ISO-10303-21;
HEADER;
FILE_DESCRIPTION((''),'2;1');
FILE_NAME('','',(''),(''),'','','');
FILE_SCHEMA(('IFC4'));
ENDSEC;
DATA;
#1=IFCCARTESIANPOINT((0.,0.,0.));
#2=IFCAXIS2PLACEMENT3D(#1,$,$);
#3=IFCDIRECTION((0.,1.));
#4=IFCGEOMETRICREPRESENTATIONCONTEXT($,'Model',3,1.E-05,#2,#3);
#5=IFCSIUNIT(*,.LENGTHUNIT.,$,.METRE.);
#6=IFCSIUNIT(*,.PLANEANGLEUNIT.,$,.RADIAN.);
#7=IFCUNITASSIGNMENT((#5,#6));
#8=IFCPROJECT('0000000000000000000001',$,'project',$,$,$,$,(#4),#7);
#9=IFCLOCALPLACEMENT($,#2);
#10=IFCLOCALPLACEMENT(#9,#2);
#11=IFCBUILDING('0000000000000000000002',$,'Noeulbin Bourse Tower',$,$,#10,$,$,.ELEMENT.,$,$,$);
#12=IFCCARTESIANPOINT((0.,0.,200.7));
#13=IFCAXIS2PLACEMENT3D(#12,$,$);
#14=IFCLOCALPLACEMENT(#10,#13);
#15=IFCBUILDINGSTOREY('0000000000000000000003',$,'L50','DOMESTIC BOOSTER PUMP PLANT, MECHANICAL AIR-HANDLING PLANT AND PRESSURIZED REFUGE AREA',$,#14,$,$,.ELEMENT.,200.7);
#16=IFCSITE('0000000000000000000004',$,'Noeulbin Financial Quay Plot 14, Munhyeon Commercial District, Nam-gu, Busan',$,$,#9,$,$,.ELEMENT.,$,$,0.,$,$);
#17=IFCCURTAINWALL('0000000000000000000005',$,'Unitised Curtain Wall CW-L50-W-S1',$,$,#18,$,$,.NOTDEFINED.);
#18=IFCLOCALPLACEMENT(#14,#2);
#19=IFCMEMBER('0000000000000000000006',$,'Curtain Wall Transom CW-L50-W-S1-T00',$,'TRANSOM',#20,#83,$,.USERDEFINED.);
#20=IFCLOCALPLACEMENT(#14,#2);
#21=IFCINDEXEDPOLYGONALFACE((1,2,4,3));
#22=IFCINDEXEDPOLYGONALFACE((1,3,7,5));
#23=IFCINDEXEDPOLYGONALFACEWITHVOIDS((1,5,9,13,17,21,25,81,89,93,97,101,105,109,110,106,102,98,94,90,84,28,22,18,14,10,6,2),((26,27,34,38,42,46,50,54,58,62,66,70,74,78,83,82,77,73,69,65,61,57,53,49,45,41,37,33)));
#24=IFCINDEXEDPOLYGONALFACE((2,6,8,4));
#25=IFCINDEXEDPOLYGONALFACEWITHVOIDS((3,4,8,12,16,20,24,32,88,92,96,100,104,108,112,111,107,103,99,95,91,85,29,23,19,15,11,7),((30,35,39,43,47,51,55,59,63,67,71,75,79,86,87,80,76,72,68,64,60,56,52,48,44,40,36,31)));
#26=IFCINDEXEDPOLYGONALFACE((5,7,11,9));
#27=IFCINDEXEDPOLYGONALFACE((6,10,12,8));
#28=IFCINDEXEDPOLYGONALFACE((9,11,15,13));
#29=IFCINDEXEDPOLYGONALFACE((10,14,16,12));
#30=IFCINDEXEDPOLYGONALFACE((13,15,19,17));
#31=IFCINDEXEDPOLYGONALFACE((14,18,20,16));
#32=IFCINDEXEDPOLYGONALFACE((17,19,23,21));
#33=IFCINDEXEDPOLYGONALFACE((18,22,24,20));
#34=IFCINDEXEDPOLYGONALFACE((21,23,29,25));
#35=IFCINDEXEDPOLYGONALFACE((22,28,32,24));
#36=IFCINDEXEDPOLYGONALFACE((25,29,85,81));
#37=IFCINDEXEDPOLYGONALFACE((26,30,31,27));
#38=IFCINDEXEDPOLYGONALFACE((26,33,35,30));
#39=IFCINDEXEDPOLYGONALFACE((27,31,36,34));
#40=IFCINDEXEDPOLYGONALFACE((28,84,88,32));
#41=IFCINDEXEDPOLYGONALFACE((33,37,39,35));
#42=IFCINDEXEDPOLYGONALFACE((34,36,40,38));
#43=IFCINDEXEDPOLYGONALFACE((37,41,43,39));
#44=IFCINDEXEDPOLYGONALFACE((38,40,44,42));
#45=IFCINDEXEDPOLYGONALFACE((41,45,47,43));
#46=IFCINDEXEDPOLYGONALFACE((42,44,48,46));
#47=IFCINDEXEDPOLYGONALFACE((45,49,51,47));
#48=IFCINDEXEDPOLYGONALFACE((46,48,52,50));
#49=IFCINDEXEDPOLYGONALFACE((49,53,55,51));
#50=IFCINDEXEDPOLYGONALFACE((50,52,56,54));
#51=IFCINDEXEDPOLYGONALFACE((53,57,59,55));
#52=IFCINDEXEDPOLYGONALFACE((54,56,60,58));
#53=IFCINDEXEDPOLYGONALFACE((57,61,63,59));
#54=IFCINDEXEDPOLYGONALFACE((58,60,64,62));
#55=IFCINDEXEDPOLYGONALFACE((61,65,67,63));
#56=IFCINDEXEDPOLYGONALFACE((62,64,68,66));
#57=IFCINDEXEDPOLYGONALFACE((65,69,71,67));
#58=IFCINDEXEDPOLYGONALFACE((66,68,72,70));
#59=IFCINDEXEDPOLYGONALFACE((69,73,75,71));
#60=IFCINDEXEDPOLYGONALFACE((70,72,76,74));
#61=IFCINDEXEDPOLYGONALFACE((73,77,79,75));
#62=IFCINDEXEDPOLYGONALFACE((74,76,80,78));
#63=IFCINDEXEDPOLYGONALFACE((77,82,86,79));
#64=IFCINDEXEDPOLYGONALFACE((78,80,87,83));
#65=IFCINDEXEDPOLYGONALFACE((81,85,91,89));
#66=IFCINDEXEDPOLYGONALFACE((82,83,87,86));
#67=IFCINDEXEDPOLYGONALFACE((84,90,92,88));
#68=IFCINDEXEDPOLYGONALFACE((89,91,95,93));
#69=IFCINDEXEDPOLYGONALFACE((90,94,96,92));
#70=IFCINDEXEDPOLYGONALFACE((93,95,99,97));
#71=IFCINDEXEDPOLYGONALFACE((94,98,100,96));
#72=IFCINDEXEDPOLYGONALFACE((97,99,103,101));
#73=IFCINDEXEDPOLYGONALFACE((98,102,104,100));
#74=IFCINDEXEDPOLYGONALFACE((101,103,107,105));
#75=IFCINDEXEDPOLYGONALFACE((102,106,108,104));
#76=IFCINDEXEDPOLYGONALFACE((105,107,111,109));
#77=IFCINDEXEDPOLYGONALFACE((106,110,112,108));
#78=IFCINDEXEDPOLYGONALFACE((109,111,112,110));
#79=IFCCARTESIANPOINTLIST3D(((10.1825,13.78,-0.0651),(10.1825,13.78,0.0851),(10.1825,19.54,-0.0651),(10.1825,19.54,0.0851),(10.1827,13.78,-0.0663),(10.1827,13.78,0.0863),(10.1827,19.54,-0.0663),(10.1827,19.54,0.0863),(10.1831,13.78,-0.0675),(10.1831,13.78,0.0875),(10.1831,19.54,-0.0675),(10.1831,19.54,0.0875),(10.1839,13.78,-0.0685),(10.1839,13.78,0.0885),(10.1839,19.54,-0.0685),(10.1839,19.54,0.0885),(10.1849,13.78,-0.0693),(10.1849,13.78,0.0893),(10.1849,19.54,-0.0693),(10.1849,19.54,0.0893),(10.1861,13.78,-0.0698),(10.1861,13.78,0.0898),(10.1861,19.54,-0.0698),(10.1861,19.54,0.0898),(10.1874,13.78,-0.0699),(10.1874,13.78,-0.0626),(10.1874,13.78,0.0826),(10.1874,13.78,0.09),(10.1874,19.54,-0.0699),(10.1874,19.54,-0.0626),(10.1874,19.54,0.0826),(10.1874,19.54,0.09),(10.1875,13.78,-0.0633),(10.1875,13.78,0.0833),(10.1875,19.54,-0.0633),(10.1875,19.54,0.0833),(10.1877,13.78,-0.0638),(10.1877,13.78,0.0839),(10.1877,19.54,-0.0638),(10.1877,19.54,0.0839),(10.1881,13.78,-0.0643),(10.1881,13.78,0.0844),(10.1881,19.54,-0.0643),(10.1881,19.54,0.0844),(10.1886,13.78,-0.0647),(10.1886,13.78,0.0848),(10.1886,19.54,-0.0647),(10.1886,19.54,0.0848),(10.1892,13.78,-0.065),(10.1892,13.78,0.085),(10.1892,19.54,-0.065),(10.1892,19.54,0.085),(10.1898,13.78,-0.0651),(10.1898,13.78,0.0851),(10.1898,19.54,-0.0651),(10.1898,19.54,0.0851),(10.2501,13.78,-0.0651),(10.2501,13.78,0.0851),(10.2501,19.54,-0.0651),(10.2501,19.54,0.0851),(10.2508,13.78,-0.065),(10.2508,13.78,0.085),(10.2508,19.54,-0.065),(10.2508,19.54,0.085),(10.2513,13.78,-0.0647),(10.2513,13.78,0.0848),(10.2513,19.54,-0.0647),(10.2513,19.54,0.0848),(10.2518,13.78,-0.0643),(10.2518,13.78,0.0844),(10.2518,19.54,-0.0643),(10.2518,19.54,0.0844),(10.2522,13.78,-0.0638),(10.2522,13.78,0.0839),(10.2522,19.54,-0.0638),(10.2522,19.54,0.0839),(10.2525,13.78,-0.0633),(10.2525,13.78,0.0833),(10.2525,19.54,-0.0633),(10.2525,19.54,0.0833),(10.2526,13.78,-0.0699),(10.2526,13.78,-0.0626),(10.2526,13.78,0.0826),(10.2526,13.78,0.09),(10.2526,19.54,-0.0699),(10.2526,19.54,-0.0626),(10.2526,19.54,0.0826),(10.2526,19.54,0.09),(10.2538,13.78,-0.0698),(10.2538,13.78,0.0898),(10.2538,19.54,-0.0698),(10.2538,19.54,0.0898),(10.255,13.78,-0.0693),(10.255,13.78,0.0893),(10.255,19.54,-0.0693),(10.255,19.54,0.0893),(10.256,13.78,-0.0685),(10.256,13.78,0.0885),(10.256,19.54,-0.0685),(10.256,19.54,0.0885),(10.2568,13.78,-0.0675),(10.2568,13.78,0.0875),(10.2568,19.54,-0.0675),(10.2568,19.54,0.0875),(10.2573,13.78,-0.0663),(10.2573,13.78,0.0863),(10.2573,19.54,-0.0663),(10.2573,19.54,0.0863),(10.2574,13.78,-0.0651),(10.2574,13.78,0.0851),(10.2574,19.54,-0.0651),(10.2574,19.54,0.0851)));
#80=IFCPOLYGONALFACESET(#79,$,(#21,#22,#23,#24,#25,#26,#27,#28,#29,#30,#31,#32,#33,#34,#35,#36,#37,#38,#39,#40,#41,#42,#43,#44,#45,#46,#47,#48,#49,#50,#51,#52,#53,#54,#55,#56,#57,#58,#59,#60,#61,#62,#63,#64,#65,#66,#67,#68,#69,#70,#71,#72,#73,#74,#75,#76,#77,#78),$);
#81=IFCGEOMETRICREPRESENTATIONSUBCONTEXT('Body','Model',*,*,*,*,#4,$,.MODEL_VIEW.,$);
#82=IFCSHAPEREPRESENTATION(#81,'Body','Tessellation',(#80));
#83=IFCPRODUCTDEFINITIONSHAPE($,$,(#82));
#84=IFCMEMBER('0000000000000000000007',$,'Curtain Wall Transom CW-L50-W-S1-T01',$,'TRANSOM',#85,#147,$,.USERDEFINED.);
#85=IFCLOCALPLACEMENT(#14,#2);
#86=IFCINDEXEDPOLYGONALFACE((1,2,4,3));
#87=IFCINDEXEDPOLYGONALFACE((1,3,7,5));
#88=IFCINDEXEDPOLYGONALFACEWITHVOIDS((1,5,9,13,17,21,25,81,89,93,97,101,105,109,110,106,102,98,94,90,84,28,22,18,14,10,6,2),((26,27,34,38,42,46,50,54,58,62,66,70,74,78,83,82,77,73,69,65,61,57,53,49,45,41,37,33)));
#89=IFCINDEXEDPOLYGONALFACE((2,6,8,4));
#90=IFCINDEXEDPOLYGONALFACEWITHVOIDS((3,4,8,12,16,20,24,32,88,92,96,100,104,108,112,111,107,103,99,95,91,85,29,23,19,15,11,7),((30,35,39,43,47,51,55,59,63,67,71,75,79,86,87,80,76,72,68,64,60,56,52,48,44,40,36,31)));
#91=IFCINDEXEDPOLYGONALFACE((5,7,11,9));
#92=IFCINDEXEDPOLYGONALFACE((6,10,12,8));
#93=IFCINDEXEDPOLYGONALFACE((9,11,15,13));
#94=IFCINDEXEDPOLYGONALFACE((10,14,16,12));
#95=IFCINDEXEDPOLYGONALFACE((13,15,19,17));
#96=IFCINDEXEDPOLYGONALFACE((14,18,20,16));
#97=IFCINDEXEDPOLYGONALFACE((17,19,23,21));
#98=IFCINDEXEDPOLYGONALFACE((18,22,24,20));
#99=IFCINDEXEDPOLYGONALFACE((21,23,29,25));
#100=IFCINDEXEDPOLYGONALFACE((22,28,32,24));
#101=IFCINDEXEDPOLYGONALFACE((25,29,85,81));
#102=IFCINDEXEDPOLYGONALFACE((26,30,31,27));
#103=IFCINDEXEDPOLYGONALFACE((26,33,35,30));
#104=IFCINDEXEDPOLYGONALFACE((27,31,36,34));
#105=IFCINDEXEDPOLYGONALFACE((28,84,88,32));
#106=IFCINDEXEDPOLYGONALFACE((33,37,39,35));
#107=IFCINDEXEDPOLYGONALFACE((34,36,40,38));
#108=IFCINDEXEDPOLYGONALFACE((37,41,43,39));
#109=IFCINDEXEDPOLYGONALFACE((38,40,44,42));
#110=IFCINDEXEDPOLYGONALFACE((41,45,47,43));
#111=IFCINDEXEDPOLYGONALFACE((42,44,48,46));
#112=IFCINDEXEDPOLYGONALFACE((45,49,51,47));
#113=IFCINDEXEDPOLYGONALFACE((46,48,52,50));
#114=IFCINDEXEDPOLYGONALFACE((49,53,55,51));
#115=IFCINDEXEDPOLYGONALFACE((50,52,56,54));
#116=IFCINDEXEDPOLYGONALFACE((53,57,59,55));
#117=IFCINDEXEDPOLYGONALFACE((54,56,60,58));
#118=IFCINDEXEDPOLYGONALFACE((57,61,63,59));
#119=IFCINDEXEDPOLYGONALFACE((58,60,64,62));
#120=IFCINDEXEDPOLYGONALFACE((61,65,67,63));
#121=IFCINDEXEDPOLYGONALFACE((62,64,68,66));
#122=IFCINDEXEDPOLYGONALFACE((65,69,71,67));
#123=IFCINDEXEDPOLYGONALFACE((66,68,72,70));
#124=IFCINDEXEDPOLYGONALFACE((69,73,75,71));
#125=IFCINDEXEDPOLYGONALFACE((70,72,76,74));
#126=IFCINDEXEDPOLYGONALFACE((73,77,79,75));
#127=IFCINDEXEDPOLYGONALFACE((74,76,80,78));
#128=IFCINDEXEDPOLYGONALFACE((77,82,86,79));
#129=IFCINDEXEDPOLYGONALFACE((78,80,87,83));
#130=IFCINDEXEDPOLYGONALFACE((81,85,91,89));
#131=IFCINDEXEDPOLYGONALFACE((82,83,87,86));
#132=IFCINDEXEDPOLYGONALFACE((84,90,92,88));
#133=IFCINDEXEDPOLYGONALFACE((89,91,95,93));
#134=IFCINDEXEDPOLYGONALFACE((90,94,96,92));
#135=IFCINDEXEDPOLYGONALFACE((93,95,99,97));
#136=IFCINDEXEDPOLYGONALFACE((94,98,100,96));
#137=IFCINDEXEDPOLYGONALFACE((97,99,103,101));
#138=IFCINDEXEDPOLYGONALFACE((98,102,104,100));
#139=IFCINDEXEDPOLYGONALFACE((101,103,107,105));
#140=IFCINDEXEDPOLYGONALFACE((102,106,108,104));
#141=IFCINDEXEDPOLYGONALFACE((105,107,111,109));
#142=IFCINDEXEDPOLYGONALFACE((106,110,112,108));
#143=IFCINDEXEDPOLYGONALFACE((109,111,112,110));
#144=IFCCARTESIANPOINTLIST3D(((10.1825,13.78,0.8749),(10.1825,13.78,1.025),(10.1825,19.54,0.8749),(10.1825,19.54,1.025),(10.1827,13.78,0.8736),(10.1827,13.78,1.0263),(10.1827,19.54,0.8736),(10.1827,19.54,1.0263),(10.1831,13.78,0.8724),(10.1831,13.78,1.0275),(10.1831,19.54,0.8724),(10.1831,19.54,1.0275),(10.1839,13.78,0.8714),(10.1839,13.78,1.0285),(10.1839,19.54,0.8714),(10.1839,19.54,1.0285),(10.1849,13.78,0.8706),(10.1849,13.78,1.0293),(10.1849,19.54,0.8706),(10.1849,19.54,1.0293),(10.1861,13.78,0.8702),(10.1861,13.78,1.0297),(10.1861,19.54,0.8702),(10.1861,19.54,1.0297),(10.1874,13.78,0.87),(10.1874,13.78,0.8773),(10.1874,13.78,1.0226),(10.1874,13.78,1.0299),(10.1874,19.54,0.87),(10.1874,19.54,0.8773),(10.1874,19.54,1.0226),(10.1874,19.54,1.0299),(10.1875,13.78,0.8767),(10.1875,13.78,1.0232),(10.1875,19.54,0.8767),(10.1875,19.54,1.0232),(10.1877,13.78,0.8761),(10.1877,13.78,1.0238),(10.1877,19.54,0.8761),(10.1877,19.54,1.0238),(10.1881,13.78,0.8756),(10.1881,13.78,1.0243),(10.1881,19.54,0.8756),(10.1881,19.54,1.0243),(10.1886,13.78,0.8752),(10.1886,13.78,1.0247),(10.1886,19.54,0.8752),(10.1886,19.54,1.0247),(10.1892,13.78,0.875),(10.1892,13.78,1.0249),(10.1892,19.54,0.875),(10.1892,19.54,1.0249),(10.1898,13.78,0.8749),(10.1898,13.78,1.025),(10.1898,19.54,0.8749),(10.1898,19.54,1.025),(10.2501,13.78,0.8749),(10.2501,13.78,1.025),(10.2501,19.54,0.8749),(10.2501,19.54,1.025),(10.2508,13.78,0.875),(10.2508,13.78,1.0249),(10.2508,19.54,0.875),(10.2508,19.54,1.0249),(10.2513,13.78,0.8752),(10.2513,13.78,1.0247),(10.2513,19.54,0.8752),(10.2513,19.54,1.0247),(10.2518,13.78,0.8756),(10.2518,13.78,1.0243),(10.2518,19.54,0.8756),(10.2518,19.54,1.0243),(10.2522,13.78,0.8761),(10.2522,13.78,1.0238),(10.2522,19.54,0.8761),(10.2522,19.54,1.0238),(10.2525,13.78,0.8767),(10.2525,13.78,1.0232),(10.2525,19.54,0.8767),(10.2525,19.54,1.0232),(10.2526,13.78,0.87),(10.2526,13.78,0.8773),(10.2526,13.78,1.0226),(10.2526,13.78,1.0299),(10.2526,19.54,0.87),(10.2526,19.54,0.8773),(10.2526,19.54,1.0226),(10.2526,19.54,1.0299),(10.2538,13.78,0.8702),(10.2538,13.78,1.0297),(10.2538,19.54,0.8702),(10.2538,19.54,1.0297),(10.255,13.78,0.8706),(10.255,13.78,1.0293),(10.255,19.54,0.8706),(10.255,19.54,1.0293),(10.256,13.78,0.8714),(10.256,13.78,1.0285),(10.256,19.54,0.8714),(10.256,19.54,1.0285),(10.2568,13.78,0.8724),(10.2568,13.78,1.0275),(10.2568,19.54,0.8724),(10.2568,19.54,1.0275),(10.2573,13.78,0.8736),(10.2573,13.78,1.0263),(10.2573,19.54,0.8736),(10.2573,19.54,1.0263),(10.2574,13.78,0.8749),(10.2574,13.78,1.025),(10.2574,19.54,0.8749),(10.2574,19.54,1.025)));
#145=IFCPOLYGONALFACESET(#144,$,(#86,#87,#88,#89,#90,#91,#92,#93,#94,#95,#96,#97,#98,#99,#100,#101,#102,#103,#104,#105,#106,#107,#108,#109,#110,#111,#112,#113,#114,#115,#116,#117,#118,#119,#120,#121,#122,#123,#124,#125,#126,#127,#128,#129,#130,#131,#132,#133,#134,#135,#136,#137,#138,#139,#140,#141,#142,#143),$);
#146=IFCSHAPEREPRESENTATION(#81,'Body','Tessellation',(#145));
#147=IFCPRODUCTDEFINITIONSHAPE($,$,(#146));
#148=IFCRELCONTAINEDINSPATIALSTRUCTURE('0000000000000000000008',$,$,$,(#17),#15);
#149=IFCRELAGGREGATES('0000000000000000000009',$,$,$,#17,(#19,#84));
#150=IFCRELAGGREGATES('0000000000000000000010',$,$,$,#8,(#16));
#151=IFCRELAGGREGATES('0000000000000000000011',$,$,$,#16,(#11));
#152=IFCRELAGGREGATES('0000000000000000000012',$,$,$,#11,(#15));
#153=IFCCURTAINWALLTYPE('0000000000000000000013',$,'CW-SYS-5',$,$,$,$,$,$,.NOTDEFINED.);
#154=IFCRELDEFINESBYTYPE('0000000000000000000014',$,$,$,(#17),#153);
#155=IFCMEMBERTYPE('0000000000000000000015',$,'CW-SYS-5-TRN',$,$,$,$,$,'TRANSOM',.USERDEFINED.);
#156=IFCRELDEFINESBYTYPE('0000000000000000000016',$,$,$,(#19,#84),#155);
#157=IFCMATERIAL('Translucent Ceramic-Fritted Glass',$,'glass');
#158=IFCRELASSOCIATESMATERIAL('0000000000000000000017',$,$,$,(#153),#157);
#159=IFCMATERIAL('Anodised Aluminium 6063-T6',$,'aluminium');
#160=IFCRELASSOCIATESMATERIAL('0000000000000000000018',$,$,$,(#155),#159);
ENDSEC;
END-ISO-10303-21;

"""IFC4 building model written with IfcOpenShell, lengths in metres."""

from ifc_helpers import new_model, si_unit, direction, frame, origin, origin_2d, place, context, subcontext, project, spatial, hollow_rectangle, extrude, material, material_profile, profile_set, type_object, element, aggregate, save


model = new_model("IFC4")

# Units and contexts
model_context = context("Model", 3, precision=1e-05, world=origin(), true_north=direction((0.0, 1.0)))
body_context = subcontext(model_context, "Body", "Model", "MODEL_VIEW")
ifc_project = project(units=[si_unit("LENGTHUNIT", "METRE"), si_unit("PLANEANGLEUNIT", "RADIAN")], contexts=[model_context])

# Site, building, storey
site_placement = place(None, origin())
site = spatial("IfcSite", under=ifc_project, at=site_placement, Name="Noeulbin Financial Quay Plot 14, Munhyeon Commercial District, Nam-gu, Busan", CompositionType="ELEMENT", RefElevation=0.0)
building_placement = place(site_placement, origin())
building = spatial("IfcBuilding", under=site, at=building_placement, Name="Noeulbin Bourse Tower", CompositionType="ELEMENT")
storey_placement = place(building_placement, frame((0.0, 0.0, 200.7)))
storey = spatial("IfcBuildingStorey", under=building, at=storey_placement, Name="L50", Description="DOMESTIC BOOSTER PUMP PLANT, MECHANICAL AIR-HANDLING PLANT AND PRESSURIZED REFUGE AREA", CompositionType="ELEMENT", Elevation=200.7)

# Curtain wall, members
ifc_material_1 = material(Name="Translucent Ceramic-Fritted Glass", Category="glass")
curtain_wall_type = type_object("IfcCurtainWallType", Name="CW-SYS-5", PredefinedType="NOTDEFINED", material=ifc_material_1)
curtain_wall_placement = place(storey_placement, origin())
curtain_wall = element("IfcCurtainWall", 1, at=curtain_wall_placement, inside=storey, type_object=curtain_wall_type, Name="Unitised Curtain Wall CW-L50-W-S1", PredefinedType="NOTDEFINED")
ifc_material_2 = material(Name="Anodised Aluminium 6063-T6", Category="aluminium")
ifc_material_profile_1 = material_profile(ifc_material_2, hollow_rectangle(XDim=0.075, YDim=0.1599, WallThickness=0.0049, InnerFilletRadius=0.0024, OuterFilletRadius=0.0049, at=origin_2d()), Name="ALU-TRAN-75x160x5", Category="LoadBearing")
ifc_profile_set_1 = profile_set([ifc_material_profile_1], Name="Anodised Aluminium 6063-T6")
member_type_1 = type_object("IfcMemberType", Name="CW-SYS-5-TRN", ElementType="TRANSOM", PredefinedType="USERDEFINED", material=ifc_profile_set_1)
member_1_placement = place(storey_placement, frame((10.22, 13.78, 0.01), z_axis=(0.0, 1.0, 0.0), x_axis=(-1.0, 0.0, 0.0)))
member_1 = element("IfcMember", 2, at=member_1_placement, type_object=member_type_1, Name="Curtain Wall Transom CW-L50-W-S1-T00", ObjectType="TRANSOM", PredefinedType="USERDEFINED", context=body_context, shape_type="SweptSolid", body=[
    extrude(hollow_rectangle(XDim=0.075, YDim=0.1599, WallThickness=0.0049, InnerFilletRadius=0.0024, OuterFilletRadius=0.0049, at=origin_2d()), origin(), (0.0, 0.0, 1.0), 5.76),
])
member_2_placement = place(storey_placement, frame((10.22, 13.78, 0.95), z_axis=(0.0, 1.0, 0.0), x_axis=(-1.0, 0.0, 0.0)))
member_2 = element("IfcMember", 3, at=member_2_placement, type_object=member_type_1, Name="Curtain Wall Transom CW-L50-W-S1-T01", ObjectType="TRANSOM", PredefinedType="USERDEFINED", context=body_context, shape_type="SweptSolid", body=[
    extrude(hollow_rectangle(XDim=0.075, YDim=0.1599, WallThickness=0.0049, InnerFilletRadius=0.0024, OuterFilletRadius=0.0049, at=origin_2d()), origin(), (0.0, 0.0, 1.0), 5.76),
])

aggregate(curtain_wall, [member_1, member_2])

save(model, "model.ifc")
